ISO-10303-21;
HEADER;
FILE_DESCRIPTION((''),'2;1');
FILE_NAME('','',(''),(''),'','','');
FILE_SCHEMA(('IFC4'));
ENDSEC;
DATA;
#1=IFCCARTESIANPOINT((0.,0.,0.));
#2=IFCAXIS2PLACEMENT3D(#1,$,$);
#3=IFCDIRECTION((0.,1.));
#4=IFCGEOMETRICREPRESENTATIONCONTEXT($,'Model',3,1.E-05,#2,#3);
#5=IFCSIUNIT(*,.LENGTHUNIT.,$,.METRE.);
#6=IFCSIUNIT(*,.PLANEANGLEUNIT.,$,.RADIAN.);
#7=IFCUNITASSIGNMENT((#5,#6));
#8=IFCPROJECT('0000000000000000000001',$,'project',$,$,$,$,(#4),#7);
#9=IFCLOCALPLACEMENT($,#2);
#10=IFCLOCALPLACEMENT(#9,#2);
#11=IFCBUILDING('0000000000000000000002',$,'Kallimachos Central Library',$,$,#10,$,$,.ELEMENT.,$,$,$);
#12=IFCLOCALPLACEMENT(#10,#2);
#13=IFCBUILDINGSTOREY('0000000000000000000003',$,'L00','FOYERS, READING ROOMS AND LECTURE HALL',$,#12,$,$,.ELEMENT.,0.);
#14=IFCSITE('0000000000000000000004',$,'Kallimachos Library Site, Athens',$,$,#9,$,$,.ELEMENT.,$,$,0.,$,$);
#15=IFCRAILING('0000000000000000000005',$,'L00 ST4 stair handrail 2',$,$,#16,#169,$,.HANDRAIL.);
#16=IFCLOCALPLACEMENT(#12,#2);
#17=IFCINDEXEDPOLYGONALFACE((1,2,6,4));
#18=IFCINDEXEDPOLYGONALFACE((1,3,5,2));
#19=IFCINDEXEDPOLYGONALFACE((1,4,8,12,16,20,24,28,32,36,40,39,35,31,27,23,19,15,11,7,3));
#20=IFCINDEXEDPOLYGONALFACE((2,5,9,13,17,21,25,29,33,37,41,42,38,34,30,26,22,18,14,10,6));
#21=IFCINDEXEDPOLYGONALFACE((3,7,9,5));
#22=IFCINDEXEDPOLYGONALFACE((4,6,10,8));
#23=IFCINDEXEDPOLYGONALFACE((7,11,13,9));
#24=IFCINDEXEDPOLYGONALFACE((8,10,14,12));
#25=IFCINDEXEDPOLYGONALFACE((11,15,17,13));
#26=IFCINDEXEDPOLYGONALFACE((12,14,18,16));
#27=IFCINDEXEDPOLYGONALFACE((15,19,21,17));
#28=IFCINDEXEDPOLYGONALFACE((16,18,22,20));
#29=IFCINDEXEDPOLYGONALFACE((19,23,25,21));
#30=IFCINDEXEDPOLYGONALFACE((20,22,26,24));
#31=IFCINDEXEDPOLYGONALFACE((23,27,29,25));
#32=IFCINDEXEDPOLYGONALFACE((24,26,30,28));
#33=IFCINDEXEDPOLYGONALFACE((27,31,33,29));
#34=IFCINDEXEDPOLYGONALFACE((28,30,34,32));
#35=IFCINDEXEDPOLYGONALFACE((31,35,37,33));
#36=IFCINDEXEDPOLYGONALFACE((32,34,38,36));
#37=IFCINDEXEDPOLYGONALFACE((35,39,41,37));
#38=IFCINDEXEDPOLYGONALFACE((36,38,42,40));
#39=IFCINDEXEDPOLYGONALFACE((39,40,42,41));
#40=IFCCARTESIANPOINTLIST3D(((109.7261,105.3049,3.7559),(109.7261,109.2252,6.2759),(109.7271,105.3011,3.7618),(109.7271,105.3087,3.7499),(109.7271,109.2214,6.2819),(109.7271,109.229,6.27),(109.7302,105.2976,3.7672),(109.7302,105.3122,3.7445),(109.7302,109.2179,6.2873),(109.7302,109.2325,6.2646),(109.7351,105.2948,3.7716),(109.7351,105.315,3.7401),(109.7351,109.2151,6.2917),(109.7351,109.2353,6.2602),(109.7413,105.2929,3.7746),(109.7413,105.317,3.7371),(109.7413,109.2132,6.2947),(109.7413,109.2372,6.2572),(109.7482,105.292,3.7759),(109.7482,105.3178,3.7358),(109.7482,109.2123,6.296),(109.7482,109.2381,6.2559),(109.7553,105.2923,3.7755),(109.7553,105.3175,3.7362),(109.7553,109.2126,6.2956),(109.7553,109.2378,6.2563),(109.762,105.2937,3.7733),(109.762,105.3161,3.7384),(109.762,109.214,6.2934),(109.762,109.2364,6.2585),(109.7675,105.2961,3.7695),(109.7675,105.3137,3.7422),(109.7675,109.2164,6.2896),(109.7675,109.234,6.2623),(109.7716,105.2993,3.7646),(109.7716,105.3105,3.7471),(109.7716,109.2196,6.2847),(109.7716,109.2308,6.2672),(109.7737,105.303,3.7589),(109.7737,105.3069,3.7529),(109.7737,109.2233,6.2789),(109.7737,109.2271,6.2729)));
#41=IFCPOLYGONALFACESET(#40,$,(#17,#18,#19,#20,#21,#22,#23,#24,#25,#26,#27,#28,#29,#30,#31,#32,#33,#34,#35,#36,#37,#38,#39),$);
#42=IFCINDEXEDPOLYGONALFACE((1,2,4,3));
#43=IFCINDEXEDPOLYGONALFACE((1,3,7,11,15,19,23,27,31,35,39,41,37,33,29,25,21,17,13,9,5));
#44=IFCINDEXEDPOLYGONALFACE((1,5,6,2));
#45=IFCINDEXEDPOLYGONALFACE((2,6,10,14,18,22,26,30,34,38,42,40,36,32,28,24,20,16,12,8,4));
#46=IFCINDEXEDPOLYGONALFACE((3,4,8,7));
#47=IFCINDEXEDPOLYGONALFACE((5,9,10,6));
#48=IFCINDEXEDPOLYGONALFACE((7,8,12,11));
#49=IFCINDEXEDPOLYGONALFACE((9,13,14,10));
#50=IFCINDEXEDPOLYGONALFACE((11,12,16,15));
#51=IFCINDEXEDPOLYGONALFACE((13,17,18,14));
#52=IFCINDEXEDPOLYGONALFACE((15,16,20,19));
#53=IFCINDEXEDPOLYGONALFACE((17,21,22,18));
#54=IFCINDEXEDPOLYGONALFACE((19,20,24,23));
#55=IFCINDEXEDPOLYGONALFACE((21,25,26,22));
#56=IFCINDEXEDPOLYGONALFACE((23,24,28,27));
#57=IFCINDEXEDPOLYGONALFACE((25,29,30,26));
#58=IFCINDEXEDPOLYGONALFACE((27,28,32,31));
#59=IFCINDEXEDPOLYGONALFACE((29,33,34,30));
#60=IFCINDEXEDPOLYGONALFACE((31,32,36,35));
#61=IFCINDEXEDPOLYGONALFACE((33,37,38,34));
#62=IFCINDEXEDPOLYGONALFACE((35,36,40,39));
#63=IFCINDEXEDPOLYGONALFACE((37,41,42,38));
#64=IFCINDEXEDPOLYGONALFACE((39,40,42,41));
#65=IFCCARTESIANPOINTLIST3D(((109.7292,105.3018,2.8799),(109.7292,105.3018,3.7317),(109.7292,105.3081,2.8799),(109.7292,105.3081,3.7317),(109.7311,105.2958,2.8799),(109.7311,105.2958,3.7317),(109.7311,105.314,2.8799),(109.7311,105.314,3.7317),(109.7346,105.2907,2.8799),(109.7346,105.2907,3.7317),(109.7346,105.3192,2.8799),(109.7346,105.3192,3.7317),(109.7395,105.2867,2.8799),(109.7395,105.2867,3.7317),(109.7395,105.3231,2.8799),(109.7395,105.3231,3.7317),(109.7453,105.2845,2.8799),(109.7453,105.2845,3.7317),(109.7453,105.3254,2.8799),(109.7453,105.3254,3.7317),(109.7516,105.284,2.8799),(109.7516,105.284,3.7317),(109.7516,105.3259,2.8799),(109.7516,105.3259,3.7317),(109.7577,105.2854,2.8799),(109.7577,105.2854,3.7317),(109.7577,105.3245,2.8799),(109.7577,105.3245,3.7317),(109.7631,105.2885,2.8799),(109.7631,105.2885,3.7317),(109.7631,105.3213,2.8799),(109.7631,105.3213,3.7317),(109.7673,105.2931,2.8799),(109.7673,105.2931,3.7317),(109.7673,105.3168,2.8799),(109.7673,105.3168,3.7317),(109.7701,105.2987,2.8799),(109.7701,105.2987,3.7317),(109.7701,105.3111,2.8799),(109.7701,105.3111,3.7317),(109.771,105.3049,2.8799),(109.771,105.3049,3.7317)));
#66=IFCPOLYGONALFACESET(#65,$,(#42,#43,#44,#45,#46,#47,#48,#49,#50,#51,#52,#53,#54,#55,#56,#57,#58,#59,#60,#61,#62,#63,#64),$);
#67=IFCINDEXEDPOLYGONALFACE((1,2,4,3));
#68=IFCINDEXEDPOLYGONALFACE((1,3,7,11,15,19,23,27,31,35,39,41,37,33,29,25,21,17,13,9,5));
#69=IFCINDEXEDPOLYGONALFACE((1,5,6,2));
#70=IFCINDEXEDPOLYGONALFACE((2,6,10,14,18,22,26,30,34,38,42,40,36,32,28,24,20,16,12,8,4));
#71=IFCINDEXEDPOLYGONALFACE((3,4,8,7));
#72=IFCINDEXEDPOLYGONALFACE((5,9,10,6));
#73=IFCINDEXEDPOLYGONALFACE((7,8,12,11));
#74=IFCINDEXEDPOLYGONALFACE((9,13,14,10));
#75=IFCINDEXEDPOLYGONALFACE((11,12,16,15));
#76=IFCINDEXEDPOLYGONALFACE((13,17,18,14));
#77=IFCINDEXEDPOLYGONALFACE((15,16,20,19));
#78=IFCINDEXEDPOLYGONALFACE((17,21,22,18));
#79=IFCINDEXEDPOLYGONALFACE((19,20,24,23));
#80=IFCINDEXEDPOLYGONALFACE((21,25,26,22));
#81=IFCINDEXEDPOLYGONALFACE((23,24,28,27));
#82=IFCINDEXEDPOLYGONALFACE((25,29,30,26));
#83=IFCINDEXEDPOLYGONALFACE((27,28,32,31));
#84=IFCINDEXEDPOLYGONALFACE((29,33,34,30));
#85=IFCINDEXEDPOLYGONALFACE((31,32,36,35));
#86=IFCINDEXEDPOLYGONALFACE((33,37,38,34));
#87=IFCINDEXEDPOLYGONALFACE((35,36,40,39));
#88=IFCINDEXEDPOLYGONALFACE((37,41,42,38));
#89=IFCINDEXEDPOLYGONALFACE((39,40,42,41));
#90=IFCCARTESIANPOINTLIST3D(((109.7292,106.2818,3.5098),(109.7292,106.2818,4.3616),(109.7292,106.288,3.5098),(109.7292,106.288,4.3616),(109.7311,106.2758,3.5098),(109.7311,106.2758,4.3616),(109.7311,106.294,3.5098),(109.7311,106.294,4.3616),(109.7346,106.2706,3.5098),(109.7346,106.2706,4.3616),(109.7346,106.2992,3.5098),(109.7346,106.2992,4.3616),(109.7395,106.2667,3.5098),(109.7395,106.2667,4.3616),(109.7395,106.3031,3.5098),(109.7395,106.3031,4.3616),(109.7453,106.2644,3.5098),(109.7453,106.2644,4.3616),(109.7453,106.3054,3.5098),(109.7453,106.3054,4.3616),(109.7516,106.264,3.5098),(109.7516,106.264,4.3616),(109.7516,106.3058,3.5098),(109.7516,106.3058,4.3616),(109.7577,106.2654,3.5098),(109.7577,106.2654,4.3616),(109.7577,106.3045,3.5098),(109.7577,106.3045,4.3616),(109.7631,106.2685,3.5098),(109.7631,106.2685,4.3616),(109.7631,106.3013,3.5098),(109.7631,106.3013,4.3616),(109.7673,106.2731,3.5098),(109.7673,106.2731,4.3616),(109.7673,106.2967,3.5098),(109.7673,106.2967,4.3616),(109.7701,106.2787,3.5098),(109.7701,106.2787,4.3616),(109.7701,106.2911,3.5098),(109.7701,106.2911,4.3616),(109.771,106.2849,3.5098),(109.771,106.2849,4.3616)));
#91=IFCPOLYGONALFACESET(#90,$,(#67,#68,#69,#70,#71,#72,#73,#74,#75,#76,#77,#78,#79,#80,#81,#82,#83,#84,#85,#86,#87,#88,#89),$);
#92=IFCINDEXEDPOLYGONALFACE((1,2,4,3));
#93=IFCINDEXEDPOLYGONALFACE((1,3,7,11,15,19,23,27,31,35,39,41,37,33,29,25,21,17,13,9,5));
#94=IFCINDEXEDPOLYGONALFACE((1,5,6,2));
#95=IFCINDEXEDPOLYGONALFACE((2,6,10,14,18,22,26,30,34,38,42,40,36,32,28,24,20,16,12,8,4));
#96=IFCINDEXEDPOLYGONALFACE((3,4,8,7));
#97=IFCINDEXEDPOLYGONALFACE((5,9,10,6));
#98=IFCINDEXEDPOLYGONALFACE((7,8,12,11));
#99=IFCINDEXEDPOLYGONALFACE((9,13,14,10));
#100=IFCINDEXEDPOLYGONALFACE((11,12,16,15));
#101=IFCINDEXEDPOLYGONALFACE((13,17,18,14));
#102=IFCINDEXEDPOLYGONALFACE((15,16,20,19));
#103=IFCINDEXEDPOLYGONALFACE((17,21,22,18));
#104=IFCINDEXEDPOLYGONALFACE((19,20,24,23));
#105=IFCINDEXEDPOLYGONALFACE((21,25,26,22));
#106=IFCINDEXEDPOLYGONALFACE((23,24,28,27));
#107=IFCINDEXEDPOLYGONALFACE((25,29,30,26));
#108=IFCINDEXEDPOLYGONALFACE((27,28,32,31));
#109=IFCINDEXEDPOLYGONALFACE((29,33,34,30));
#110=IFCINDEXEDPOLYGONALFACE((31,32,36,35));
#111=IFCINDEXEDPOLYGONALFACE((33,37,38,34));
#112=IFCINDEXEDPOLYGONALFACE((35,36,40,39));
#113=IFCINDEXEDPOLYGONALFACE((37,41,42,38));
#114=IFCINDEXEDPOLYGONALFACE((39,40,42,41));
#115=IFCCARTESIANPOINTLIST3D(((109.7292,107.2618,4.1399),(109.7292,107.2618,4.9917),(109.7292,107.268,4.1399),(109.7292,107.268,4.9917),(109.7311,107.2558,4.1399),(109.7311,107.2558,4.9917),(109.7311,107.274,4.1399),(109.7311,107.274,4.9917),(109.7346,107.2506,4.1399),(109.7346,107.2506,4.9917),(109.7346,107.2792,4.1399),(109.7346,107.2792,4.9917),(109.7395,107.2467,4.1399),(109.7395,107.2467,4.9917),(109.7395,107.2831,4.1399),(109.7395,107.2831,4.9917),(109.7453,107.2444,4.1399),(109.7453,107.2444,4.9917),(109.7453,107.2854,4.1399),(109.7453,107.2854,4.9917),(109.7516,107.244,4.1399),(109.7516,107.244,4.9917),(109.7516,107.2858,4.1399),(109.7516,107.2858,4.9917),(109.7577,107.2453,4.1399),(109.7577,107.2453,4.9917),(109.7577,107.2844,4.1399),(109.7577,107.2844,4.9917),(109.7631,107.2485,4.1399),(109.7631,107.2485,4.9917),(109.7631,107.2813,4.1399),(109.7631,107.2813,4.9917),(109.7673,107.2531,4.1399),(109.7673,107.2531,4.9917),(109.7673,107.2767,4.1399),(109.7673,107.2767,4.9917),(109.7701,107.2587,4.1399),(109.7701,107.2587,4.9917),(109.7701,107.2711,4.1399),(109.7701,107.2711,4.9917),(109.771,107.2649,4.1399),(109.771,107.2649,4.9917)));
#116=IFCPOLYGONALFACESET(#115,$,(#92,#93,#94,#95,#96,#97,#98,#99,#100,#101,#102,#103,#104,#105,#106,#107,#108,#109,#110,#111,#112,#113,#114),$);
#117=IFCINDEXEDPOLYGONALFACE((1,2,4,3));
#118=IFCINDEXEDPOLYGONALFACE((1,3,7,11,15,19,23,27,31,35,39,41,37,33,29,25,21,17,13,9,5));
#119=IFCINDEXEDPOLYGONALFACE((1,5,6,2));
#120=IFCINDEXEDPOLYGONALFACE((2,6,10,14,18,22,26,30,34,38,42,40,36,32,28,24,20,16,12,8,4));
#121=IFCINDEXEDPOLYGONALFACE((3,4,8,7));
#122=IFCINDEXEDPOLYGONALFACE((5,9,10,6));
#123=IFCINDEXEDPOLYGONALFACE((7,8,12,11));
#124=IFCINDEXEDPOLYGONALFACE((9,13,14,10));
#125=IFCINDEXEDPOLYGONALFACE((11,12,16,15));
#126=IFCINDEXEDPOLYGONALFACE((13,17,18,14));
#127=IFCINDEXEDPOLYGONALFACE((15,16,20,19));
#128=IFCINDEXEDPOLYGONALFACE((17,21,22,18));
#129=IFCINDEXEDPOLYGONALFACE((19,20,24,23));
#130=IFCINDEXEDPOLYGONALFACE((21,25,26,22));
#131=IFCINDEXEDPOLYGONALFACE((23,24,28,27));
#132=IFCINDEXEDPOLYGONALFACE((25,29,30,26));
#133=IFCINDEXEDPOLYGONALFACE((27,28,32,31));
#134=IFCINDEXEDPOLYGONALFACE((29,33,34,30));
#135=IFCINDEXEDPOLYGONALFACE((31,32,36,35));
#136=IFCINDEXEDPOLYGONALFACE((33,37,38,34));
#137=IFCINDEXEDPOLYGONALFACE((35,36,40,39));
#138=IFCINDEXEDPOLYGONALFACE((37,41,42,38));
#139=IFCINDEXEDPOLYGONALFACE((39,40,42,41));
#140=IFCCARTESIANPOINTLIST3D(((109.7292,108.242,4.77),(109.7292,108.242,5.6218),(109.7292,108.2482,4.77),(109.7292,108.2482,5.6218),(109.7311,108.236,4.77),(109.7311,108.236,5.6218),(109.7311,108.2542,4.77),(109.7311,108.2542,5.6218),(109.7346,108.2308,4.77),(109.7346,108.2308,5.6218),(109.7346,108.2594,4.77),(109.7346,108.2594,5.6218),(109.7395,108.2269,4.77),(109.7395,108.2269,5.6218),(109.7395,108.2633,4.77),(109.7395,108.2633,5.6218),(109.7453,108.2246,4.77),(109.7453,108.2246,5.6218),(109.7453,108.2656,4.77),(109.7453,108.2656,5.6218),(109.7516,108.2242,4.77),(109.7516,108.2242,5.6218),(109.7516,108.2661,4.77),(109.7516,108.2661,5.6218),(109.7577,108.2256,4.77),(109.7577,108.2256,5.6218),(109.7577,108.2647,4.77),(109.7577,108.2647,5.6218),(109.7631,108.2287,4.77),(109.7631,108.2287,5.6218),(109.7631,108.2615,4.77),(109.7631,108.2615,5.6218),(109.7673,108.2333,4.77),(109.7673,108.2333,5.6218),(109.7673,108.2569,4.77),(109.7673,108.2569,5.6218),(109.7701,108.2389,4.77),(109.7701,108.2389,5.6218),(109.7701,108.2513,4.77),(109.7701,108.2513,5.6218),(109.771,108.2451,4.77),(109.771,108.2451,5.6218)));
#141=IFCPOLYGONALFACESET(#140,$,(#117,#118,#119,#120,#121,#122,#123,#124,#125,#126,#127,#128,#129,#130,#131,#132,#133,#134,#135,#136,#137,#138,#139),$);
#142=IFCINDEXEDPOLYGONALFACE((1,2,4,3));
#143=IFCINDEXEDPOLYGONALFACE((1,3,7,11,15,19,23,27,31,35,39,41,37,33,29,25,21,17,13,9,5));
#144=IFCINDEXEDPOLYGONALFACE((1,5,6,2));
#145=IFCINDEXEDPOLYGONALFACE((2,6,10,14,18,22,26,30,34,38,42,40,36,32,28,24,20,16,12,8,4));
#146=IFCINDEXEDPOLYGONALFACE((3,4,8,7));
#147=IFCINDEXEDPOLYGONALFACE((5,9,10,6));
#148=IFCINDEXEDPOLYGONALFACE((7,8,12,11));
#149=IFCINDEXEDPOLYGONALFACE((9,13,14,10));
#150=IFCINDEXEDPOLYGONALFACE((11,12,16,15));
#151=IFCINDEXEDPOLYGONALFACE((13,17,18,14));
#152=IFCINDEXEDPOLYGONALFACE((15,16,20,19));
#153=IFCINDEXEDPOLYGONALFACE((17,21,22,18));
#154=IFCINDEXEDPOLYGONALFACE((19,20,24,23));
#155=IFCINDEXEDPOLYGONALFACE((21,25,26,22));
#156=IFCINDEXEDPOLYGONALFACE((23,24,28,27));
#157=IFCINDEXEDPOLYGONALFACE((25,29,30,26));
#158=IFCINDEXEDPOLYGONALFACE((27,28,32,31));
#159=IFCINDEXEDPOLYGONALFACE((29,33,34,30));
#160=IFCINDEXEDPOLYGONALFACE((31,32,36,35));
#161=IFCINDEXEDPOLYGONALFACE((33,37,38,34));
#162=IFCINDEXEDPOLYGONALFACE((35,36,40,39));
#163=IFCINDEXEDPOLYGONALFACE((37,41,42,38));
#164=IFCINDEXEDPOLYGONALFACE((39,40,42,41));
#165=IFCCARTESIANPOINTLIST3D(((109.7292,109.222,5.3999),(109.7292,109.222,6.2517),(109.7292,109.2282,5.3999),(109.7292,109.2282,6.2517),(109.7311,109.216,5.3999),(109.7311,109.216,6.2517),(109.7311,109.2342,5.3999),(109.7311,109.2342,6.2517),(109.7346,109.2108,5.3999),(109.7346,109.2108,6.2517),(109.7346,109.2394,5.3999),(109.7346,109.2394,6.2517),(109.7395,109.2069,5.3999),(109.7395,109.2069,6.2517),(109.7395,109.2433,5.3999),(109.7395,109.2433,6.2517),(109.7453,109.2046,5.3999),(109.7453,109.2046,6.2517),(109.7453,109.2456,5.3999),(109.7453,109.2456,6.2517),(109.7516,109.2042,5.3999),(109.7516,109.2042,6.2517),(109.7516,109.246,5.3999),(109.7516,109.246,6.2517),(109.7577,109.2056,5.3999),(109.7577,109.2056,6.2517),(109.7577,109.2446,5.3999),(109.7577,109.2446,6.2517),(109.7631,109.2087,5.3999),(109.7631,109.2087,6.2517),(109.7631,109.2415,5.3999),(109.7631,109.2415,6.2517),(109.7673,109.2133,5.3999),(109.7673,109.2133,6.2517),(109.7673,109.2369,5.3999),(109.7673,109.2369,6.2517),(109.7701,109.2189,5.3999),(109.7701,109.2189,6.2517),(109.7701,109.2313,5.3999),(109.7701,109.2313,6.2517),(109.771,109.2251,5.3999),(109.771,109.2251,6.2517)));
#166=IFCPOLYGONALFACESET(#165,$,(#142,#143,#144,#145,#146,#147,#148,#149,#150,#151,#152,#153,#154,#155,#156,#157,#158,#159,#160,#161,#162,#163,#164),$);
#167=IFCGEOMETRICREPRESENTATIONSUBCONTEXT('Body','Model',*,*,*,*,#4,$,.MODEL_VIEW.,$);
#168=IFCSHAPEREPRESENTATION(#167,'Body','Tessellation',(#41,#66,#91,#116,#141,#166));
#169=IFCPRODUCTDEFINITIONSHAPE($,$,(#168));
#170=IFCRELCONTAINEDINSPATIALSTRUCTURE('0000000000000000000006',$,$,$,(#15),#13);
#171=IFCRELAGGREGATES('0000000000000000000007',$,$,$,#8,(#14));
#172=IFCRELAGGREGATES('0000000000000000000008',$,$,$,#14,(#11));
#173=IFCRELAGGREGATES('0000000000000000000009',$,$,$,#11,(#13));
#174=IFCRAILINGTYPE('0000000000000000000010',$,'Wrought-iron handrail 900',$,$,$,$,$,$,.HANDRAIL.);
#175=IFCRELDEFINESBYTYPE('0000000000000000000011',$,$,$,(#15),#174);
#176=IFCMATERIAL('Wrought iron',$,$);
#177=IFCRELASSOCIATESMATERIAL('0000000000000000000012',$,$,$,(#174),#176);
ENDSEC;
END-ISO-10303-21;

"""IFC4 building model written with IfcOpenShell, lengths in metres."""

from ifc_helpers import new_model, si_unit, direction, frame, origin, origin_2d, place, context, subcontext, project, spatial, circle, extrude, material, type_object, element, save


model = new_model("IFC4")

# Units and contexts
model_context = context("Model", 3, precision=1e-05, world=origin(), true_north=direction((0.0, 1.0)))
body_context = subcontext(model_context, "Body", "Model", "MODEL_VIEW")
ifc_project = project(units=[si_unit("LENGTHUNIT", "METRE"), si_unit("PLANEANGLEUNIT", "RADIAN")], contexts=[model_context])

# Site, building, storey
site_placement = place(None, origin())
site = spatial("IfcSite", under=ifc_project, at=site_placement, Name="Kallimachos Library Site, Athens", CompositionType="ELEMENT", RefElevation=0.0)
building_placement = place(site_placement, origin())
building = spatial("IfcBuilding", under=site, at=building_placement, Name="Kallimachos Central Library", CompositionType="ELEMENT")
storey_placement = place(building_placement, origin())
storey = spatial("IfcBuildingStorey", under=building, at=storey_placement, Name="L00", Description="FOYERS, READING ROOMS AND LECTURE HALL", CompositionType="ELEMENT", Elevation=0.0)

# Railing
ifc_material_1 = material(Name="Wrought iron")
railing_type_1 = type_object("IfcRailingType", Name="Wrought-iron handrail 900", PredefinedType="HANDRAIL", material=ifc_material_1)
railing_1_placement = place(storey_placement, frame((109.75, 105.3049, 2.8799)))
element("IfcRailing", 1, at=railing_1_placement, inside=storey, type_object=railing_type_1, Name="L00 ST4 stair handrail 2", PredefinedType="HANDRAIL", context=body_context, shape_type="SweptSolid", body=[
    extrude(circle(Radius=0.0239, at=origin_2d()), frame((0.0, 0.0, 0.876), z_axis=(0.0, 0.841187, 0.540744), x_axis=(-1.0, 0.0, 0.0)), (0.0, 0.0, 1.0), 4.6604),
    extrude(circle(Radius=0.021, at=origin_2d()), origin(), (0.0, 0.0, 1.0), 0.8518),
    extrude(circle(Radius=0.021, at=origin_2d()), frame((0.0, 0.98, 0.6299)), (0.0, 0.0, 1.0), 0.8518),
    extrude(circle(Radius=0.021, at=origin_2d()), frame((0.0, 1.96, 1.26)), (0.0, 0.0, 1.0), 0.8518),
    extrude(circle(Radius=0.021, at=origin_2d()), frame((0.0, 2.9402, 1.8901)), (0.0, 0.0, 1.0), 0.8518),
    extrude(circle(Radius=0.021, at=origin_2d()), frame((0.0, 3.9202, 2.52)), (0.0, 0.0, 1.0), 0.8518),
])

save(model, "model.ifc")
